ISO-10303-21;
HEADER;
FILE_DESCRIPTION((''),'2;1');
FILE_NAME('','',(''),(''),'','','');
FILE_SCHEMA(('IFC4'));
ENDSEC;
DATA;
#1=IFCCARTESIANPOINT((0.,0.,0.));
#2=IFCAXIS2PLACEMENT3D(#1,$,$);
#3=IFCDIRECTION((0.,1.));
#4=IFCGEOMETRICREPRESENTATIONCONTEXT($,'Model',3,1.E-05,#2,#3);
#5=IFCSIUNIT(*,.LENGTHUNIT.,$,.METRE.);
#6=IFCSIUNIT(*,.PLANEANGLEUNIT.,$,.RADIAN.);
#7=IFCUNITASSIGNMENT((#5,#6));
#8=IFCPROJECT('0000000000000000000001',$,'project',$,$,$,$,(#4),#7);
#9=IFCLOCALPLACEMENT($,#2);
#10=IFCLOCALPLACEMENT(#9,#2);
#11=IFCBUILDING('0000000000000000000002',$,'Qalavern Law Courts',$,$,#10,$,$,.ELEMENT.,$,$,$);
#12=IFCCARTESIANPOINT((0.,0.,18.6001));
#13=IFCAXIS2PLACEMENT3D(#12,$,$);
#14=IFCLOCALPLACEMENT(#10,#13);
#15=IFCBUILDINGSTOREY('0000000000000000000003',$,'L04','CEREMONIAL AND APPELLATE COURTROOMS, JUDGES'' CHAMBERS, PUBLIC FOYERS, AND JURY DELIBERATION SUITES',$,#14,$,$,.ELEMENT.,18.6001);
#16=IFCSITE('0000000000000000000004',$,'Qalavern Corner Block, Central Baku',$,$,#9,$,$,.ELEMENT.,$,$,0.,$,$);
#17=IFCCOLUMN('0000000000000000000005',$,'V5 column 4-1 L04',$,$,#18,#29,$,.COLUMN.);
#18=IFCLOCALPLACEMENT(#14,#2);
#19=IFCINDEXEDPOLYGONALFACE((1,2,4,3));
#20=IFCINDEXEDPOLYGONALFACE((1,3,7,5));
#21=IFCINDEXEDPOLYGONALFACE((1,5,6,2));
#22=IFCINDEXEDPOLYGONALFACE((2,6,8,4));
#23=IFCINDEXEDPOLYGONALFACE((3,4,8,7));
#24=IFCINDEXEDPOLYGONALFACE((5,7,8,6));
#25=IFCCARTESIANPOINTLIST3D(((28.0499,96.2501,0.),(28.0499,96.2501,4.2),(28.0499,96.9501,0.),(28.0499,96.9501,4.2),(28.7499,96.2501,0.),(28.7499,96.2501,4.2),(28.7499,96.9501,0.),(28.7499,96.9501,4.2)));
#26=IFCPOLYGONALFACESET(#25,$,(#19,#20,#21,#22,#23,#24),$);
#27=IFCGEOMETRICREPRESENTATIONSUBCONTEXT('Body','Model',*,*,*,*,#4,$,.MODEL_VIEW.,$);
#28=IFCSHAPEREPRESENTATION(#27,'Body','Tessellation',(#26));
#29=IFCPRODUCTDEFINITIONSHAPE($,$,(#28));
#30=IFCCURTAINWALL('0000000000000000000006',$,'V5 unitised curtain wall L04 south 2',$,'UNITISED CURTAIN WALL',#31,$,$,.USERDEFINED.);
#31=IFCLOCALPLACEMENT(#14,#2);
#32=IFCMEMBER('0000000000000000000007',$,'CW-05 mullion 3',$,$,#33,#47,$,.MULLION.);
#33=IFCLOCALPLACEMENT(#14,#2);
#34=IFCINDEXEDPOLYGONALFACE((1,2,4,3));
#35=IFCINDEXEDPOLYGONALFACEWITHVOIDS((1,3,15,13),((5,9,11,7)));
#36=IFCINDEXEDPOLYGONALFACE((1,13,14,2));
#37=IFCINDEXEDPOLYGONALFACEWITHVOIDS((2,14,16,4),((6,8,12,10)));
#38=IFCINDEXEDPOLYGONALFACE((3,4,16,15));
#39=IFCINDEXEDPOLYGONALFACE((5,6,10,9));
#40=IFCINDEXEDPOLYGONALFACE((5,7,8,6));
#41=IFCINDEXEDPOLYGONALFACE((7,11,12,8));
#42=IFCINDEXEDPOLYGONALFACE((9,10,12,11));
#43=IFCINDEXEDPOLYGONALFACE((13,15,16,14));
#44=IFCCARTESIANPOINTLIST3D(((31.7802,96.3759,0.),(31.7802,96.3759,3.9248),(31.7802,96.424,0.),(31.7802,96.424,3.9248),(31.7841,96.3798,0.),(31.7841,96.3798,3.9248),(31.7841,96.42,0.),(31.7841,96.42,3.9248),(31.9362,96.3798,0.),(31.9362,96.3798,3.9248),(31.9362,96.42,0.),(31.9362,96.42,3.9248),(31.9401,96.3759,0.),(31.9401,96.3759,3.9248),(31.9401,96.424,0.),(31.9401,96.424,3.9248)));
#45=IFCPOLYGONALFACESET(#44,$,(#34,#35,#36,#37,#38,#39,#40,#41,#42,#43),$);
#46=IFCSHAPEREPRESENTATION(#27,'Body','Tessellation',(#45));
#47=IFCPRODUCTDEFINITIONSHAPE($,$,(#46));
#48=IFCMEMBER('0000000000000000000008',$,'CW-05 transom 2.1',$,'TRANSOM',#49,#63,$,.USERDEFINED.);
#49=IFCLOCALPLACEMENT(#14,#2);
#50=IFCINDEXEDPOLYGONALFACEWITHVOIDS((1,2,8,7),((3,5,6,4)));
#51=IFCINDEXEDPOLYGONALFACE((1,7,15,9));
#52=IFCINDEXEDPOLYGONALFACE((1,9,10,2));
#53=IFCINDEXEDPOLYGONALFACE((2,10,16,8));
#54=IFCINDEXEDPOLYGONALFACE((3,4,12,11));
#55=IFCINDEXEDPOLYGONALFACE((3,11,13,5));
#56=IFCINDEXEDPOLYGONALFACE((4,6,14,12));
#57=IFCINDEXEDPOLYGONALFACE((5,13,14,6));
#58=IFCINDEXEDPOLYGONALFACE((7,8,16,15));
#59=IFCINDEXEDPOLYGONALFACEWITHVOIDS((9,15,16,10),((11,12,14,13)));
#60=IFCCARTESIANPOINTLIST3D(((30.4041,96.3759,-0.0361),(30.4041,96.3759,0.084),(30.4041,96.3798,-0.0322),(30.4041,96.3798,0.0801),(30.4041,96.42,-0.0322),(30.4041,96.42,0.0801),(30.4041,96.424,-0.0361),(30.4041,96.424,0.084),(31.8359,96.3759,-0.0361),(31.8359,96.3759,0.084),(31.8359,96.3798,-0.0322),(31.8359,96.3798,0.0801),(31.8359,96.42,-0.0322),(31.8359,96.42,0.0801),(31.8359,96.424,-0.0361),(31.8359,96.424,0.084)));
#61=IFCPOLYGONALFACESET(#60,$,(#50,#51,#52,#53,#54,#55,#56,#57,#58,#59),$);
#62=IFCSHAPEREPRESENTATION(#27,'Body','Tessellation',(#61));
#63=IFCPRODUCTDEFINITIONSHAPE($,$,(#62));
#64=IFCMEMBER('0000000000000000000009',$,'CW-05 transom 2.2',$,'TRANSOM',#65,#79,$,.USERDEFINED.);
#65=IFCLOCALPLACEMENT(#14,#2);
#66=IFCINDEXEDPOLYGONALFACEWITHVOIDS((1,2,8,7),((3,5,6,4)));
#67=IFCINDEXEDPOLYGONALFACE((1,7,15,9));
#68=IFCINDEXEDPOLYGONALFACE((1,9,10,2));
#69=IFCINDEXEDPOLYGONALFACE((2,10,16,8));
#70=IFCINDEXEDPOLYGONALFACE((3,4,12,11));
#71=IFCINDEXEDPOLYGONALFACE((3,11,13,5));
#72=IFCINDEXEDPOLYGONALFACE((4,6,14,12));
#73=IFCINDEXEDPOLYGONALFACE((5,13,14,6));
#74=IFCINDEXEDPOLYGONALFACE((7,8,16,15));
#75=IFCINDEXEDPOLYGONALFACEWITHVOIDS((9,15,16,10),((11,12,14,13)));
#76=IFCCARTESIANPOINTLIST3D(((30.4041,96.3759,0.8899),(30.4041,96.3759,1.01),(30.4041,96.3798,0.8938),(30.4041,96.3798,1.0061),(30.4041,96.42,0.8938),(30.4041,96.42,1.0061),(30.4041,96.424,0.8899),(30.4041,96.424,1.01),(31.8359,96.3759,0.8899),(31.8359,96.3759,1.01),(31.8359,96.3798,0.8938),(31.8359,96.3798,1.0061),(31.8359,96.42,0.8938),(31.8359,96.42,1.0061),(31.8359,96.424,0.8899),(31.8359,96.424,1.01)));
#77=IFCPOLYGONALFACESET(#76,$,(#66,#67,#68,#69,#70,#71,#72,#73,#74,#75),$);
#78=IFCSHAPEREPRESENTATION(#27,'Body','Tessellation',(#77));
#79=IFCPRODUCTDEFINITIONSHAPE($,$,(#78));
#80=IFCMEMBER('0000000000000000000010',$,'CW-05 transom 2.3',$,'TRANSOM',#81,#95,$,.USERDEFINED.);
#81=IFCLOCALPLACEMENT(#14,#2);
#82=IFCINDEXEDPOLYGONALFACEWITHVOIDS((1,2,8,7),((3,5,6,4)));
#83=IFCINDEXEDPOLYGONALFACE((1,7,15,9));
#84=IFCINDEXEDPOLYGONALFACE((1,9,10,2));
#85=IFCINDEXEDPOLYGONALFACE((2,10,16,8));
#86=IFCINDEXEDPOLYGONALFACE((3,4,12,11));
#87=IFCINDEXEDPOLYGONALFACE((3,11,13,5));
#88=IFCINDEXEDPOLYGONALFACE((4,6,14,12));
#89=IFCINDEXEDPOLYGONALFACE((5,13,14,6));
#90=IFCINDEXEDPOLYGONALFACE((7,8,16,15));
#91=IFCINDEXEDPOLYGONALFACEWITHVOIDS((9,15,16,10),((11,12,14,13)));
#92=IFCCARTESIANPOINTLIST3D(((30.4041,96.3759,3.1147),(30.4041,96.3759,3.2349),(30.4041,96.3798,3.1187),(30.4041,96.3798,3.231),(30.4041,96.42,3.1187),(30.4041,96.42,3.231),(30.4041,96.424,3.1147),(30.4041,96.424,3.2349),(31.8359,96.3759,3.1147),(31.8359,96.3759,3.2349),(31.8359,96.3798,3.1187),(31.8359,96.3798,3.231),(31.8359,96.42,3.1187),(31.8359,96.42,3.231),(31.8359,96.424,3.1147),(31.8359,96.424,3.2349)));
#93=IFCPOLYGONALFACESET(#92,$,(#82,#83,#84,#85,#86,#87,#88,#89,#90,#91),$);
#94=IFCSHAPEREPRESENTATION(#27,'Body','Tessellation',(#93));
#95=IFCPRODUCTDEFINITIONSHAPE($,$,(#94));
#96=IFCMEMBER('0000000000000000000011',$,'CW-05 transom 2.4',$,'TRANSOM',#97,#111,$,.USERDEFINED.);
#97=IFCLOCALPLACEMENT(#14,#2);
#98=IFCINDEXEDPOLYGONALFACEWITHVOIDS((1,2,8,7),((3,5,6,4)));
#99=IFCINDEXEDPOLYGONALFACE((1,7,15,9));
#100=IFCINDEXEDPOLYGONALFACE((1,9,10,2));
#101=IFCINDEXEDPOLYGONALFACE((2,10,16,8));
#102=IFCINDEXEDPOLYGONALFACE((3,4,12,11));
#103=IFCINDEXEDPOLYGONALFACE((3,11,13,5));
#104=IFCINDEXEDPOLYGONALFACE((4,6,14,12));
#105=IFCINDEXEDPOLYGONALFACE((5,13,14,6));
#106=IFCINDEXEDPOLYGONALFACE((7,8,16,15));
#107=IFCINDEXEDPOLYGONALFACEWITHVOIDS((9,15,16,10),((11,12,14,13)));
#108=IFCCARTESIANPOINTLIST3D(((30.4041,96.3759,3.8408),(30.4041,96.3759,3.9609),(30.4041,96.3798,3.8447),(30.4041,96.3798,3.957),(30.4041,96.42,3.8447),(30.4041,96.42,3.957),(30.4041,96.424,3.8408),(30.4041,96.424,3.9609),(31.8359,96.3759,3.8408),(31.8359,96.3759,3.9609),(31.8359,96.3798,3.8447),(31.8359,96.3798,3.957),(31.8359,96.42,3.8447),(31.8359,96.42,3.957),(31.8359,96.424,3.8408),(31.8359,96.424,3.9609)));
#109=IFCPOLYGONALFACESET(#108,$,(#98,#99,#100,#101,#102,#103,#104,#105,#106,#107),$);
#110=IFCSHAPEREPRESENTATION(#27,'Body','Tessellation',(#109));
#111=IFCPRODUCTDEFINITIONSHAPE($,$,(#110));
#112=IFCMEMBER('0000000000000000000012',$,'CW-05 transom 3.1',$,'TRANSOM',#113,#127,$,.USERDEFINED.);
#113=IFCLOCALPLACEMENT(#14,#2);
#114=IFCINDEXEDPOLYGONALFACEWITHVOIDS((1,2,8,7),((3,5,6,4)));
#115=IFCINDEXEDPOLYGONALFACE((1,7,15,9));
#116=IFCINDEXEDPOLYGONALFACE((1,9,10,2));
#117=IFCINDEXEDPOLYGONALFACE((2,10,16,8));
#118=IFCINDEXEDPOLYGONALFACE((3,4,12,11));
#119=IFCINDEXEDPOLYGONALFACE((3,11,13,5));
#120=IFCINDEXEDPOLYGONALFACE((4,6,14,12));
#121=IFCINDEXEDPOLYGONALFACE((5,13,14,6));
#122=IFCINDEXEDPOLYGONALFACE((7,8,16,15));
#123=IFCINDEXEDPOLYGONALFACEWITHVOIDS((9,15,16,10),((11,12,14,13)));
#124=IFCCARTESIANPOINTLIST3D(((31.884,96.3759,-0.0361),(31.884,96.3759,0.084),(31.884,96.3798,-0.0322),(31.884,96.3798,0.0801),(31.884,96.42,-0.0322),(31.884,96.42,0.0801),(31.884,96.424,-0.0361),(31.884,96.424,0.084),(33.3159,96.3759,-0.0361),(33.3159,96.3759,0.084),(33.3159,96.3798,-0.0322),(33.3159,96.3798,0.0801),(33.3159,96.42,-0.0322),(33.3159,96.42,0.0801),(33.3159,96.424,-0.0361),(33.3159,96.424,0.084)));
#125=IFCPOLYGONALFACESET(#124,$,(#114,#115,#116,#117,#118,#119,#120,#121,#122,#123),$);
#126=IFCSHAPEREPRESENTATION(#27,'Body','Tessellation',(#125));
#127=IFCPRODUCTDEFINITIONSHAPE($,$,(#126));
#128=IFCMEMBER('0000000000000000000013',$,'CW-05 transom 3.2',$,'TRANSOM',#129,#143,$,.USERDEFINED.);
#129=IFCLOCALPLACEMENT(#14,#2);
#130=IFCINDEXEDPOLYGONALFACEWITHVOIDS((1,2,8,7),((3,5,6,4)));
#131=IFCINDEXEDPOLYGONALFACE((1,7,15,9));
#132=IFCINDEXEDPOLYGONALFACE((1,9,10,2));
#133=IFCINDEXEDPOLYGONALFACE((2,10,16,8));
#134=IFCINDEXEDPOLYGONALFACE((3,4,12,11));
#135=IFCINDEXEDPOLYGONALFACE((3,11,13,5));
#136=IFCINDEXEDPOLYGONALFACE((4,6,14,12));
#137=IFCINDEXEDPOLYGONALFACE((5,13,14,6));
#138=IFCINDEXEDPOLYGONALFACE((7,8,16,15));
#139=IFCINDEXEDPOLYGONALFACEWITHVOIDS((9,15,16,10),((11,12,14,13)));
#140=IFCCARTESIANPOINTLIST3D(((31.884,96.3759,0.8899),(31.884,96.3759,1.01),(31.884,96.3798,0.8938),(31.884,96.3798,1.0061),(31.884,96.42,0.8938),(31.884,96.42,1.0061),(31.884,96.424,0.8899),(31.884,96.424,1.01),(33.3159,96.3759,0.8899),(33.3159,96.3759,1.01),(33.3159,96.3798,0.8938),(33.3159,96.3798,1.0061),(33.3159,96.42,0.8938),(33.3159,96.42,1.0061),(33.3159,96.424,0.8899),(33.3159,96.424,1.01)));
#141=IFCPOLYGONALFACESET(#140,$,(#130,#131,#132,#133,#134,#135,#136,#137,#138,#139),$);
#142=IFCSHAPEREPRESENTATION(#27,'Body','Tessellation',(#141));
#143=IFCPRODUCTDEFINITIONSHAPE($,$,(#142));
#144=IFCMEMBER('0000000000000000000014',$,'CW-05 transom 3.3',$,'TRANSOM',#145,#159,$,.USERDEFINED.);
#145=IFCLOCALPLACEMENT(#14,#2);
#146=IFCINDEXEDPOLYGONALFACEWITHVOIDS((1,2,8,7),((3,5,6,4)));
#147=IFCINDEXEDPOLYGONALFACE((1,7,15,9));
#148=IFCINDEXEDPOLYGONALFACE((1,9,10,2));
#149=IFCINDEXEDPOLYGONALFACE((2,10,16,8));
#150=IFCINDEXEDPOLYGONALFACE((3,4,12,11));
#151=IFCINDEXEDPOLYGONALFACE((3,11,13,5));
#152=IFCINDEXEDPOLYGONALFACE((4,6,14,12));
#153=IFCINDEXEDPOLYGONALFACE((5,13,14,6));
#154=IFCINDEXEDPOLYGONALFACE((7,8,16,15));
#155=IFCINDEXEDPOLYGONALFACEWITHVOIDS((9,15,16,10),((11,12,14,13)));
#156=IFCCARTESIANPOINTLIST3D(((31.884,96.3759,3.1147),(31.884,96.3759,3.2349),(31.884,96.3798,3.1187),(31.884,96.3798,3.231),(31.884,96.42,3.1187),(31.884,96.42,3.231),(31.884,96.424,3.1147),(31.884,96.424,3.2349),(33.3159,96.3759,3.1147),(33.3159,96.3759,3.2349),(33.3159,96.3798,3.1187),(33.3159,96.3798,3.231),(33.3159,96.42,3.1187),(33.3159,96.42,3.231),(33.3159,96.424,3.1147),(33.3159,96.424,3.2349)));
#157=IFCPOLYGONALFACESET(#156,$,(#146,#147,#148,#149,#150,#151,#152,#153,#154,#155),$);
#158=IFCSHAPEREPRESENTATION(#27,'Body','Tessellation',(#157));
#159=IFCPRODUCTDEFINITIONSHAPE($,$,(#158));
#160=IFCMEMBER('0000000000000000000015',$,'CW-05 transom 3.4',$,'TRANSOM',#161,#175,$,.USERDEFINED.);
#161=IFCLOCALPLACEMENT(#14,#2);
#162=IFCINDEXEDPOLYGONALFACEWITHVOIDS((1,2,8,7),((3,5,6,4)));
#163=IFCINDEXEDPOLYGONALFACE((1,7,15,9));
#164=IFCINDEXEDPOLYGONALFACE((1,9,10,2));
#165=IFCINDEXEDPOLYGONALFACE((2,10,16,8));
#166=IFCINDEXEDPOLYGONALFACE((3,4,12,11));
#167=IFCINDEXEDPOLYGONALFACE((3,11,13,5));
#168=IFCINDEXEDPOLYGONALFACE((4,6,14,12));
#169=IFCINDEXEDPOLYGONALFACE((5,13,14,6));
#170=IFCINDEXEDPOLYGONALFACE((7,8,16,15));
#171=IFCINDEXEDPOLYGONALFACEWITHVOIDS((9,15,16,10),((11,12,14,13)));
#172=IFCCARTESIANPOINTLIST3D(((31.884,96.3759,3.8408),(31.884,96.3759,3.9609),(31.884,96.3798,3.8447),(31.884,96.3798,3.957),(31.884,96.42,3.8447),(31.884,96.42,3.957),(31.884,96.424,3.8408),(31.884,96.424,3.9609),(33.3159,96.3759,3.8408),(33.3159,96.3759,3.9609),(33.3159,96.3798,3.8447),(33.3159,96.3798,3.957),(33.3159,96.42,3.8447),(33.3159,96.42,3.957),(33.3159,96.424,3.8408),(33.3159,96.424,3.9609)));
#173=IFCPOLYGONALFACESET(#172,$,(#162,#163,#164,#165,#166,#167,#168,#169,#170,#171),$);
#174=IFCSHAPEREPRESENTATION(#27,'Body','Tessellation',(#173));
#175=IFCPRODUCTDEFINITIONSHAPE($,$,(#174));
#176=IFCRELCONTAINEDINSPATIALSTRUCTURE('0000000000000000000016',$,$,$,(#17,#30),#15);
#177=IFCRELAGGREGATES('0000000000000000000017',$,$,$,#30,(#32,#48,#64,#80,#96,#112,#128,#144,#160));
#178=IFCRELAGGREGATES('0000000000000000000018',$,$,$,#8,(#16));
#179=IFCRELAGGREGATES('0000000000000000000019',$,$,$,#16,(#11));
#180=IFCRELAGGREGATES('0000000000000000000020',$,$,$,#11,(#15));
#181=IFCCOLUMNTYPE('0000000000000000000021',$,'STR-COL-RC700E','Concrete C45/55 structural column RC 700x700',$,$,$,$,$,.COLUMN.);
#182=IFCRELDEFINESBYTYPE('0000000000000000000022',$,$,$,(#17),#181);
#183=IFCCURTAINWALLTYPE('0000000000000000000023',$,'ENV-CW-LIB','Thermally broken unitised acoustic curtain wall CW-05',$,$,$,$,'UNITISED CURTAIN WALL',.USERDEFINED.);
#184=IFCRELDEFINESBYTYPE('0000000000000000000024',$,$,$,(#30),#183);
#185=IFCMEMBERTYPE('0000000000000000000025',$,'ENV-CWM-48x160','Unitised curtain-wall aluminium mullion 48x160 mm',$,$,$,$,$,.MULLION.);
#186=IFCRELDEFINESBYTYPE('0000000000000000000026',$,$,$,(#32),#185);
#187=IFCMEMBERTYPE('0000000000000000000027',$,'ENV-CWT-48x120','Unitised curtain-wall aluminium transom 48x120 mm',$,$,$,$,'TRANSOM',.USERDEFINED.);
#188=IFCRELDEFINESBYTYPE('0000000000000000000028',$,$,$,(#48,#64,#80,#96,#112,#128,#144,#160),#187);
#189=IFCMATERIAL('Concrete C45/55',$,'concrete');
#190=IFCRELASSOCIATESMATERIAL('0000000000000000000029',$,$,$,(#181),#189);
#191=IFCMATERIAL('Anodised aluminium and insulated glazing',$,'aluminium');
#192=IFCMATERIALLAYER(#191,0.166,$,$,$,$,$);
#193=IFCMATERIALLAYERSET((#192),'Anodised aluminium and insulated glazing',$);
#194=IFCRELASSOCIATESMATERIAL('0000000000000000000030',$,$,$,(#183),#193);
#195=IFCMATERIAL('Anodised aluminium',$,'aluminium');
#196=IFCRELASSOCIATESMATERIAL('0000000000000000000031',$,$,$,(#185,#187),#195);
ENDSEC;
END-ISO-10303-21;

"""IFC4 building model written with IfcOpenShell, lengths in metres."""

from ifc_helpers import new_model, si_unit, direction, frame, origin, origin_2d, place, context, subcontext, project, spatial, rectangle, hollow_rectangle, extrude, material, layer, layer_set, material_profile, profile_set, type_object, element, aggregate, save


model = new_model("IFC4")

# Units and contexts
model_context = context("Model", 3, precision=1e-05, world=origin(), true_north=direction((0.0, 1.0)))
body_context = subcontext(model_context, "Body", "Model", "MODEL_VIEW")
ifc_project = project(units=[si_unit("LENGTHUNIT", "METRE"), si_unit("PLANEANGLEUNIT", "RADIAN")], contexts=[model_context])

# Site, building, storey
site_placement = place(None, origin())
site = spatial("IfcSite", under=ifc_project, at=site_placement, Name="Qalavern Corner Block, Central Baku", CompositionType="ELEMENT", RefElevation=0.0)
building_placement = place(site_placement, origin())
building = spatial("IfcBuilding", under=site, at=building_placement, Name="Qalavern Law Courts", CompositionType="ELEMENT")
storey_placement = place(building_placement, frame((0.0, 0.0, 18.6001)))
storey = spatial("IfcBuildingStorey", under=building, at=storey_placement, Name="L04", Description="CEREMONIAL AND APPELLATE COURTROOMS, JUDGES' CHAMBERS, PUBLIC FOYERS, AND JURY DELIBERATION SUITES", CompositionType="ELEMENT", Elevation=18.6001)

# Column
ifc_material_1 = material(Name="Concrete C45/55", Category="concrete")
ifc_material_profile_1 = material_profile(ifc_material_1, rectangle(XDim=0.7, YDim=0.7, at=origin_2d()), Name="RC 700x700")
ifc_profile_set_1 = profile_set([ifc_material_profile_1], Name="Concrete C45/55")
column_type = type_object("IfcColumnType", Name="STR-COL-RC700E", Description="Concrete C45/55 structural column RC 700x700", PredefinedType="COLUMN", material=ifc_profile_set_1)
column_placement = place(storey_placement, frame((28.3999, 96.6001, 0.0), z_axis=(0.0, 0.0, 1.0), x_axis=(1.0, 0.0, 0.0)))
element("IfcColumn", 1, at=column_placement, inside=storey, type_object=column_type, Name="V5 column 4-1 L04", PredefinedType="COLUMN", context=body_context, shape_type="SweptSolid", body=[
    extrude(rectangle(XDim=0.7, YDim=0.7, at=origin_2d()), origin(), (0.0, 0.0, 1.0), 4.2),
])

# Curtain wall, members
ifc_material_2 = material(Name="Anodised aluminium and insulated glazing", Category="aluminium")
ifc_layer_1 = layer(ifc_material_2, 0.166)
ifc_layer_set_1 = layer_set([ifc_layer_1], Name="Anodised aluminium and insulated glazing")
curtain_wall_type = type_object("IfcCurtainWallType", Name="ENV-CW-LIB", Description="Thermally broken unitised acoustic curtain wall CW-05", ElementType="UNITISED CURTAIN WALL", PredefinedType="USERDEFINED", material=ifc_layer_set_1)
curtain_wall_placement = place(storey_placement, origin())
curtain_wall = element("IfcCurtainWall", 2, at=curtain_wall_placement, inside=storey, type_object=curtain_wall_type, Name="V5 unitised curtain wall L04 south 2", ObjectType="UNITISED CURTAIN WALL", PredefinedType="USERDEFINED")
ifc_material_3 = material(Name="Anodised aluminium", Category="aluminium")
ifc_material_profile_2 = material_profile(ifc_material_3, hollow_rectangle(XDim=0.0481, YDim=0.1599, WallThickness=0.0039, at=origin_2d()), Name="ALU MULLION 48x160")
ifc_profile_set_2 = profile_set([ifc_material_profile_2], Name="Anodised aluminium")
member_type_1 = type_object("IfcMemberType", Name="ENV-CWM-48x160", Description="Unitised curtain-wall aluminium mullion 48x160 mm", PredefinedType="MULLION", material=ifc_profile_set_2)
member_1_placement = place(storey_placement, frame((31.8601, 96.3999, 0.0), z_axis=(0.0, 0.0, 1.0), x_axis=(0.0, 1.0, 0.0)))
member_1 = element("IfcMember", 3, at=member_1_placement, type_object=member_type_1, Name="CW-05 mullion 3", PredefinedType="MULLION", context=body_context, shape_type="SweptSolid", body=[
    extrude(hollow_rectangle(XDim=0.0481, YDim=0.1599, WallThickness=0.0039, at=origin_2d()), origin(), (0.0, 0.0, 1.0), 3.9248),
])
ifc_material_profile_3 = material_profile(ifc_material_3, hollow_rectangle(XDim=0.0481, YDim=0.1201, WallThickness=0.0039, at=origin_2d()), Name="ALU TRANSOM 48x120")
ifc_profile_set_3 = profile_set([ifc_material_profile_3], Name="Anodised aluminium")
member_type_2 = type_object("IfcMemberType", Name="ENV-CWT-48x120", Description="Unitised curtain-wall aluminium transom 48x120 mm", ElementType="TRANSOM", PredefinedType="USERDEFINED", material=ifc_profile_set_3)
member_2_placement = place(storey_placement, frame((30.4041, 96.3999, 0.0239), z_axis=(1.0, 0.0, 0.0), x_axis=(0.0, 1.0, 0.0)))
member_2 = element("IfcMember", 4, at=member_2_placement, type_object=member_type_2, Name="CW-05 transom 2.1", ObjectType="TRANSOM", PredefinedType="USERDEFINED", context=body_context, shape_type="SweptSolid", body=[
    extrude(hollow_rectangle(XDim=0.0481, YDim=0.1201, WallThickness=0.0039, at=origin_2d()), origin(), (0.0, 0.0, 1.0), 1.4319),
])
member_3_placement = place(storey_placement, frame((30.4041, 96.3999, 0.95), z_axis=(1.0, 0.0, 0.0), x_axis=(0.0, 1.0, 0.0)))
member_3 = element("IfcMember", 5, at=member_3_placement, type_object=member_type_2, Name="CW-05 transom 2.2", ObjectType="TRANSOM", PredefinedType="USERDEFINED", context=body_context, shape_type="SweptSolid", body=[
    extrude(hollow_rectangle(XDim=0.0481, YDim=0.1201, WallThickness=0.0039, at=origin_2d()), origin(), (0.0, 0.0, 1.0), 1.4319),
])
member_4_placement = place(storey_placement, frame((30.4041, 96.3999, 3.1748), z_axis=(1.0, 0.0, 0.0), x_axis=(0.0, 1.0, 0.0)))
member_4 = element("IfcMember", 6, at=member_4_placement, type_object=member_type_2, Name="CW-05 transom 2.3", ObjectType="TRANSOM", PredefinedType="USERDEFINED", context=body_context, shape_type="SweptSolid", body=[
    extrude(hollow_rectangle(XDim=0.0481, YDim=0.1201, WallThickness=0.0039, at=origin_2d()), origin(), (0.0, 0.0, 1.0), 1.4319),
])
member_5_placement = place(storey_placement, frame((30.4041, 96.3999, 3.9009), z_axis=(1.0, 0.0, 0.0), x_axis=(0.0, 1.0, 0.0)))
member_5 = element("IfcMember", 7, at=member_5_placement, type_object=member_type_2, Name="CW-05 transom 2.4", ObjectType="TRANSOM", PredefinedType="USERDEFINED", context=body_context, shape_type="SweptSolid", body=[
    extrude(hollow_rectangle(XDim=0.0481, YDim=0.1201, WallThickness=0.0039, at=origin_2d()), origin(), (0.0, 0.0, 1.0), 1.4319),
])
member_6_placement = place(storey_placement, frame((31.884, 96.3999, 0.0239), z_axis=(1.0, 0.0, 0.0), x_axis=(0.0, 1.0, 0.0)))
member_6 = element("IfcMember", 8, at=member_6_placement, type_object=member_type_2, Name="CW-05 transom 3.1", ObjectType="TRANSOM", PredefinedType="USERDEFINED", context=body_context, shape_type="SweptSolid", body=[
    extrude(hollow_rectangle(XDim=0.0481, YDim=0.1201, WallThickness=0.0039, at=origin_2d()), origin(), (0.0, 0.0, 1.0), 1.4319),
])
member_7_placement = place(storey_placement, frame((31.884, 96.3999, 0.95), z_axis=(1.0, 0.0, 0.0), x_axis=(0.0, 1.0, 0.0)))
member_7 = element("IfcMember", 9, at=member_7_placement, type_object=member_type_2, Name="CW-05 transom 3.2", ObjectType="TRANSOM", PredefinedType="USERDEFINED", context=body_context, shape_type="SweptSolid", body=[
    extrude(hollow_rectangle(XDim=0.0481, YDim=0.1201, WallThickness=0.0039, at=origin_2d()), origin(), (0.0, 0.0, 1.0), 1.4319),
])
member_8_placement = place(storey_placement, frame((31.884, 96.3999, 3.1748), z_axis=(1.0, 0.0, 0.0), x_axis=(0.0, 1.0, 0.0)))
member_8 = element("IfcMember", 10, at=member_8_placement, type_object=member_type_2, Name="CW-05 transom 3.3", ObjectType="TRANSOM", PredefinedType="USERDEFINED", context=body_context, shape_type="SweptSolid", body=[
    extrude(hollow_rectangle(XDim=0.0481, YDim=0.1201, WallThickness=0.0039, at=origin_2d()), origin(), (0.0, 0.0, 1.0), 1.4319),
])
member_9_placement = place(storey_placement, frame((31.884, 96.3999, 3.9009), z_axis=(1.0, 0.0, 0.0), x_axis=(0.0, 1.0, 0.0)))
member_9 = element("IfcMember", 11, at=member_9_placement, type_object=member_type_2, Name="CW-05 transom 3.4", ObjectType="TRANSOM", PredefinedType="USERDEFINED", context=body_context, shape_type="SweptSolid", body=[
    extrude(hollow_rectangle(XDim=0.0481, YDim=0.1201, WallThickness=0.0039, at=origin_2d()), origin(), (0.0, 0.0, 1.0), 1.4319),
])

aggregate(curtain_wall, [member_1, member_2, member_3, member_4, member_5, member_6, member_7, member_8, member_9])

save(model, "model.ifc")
